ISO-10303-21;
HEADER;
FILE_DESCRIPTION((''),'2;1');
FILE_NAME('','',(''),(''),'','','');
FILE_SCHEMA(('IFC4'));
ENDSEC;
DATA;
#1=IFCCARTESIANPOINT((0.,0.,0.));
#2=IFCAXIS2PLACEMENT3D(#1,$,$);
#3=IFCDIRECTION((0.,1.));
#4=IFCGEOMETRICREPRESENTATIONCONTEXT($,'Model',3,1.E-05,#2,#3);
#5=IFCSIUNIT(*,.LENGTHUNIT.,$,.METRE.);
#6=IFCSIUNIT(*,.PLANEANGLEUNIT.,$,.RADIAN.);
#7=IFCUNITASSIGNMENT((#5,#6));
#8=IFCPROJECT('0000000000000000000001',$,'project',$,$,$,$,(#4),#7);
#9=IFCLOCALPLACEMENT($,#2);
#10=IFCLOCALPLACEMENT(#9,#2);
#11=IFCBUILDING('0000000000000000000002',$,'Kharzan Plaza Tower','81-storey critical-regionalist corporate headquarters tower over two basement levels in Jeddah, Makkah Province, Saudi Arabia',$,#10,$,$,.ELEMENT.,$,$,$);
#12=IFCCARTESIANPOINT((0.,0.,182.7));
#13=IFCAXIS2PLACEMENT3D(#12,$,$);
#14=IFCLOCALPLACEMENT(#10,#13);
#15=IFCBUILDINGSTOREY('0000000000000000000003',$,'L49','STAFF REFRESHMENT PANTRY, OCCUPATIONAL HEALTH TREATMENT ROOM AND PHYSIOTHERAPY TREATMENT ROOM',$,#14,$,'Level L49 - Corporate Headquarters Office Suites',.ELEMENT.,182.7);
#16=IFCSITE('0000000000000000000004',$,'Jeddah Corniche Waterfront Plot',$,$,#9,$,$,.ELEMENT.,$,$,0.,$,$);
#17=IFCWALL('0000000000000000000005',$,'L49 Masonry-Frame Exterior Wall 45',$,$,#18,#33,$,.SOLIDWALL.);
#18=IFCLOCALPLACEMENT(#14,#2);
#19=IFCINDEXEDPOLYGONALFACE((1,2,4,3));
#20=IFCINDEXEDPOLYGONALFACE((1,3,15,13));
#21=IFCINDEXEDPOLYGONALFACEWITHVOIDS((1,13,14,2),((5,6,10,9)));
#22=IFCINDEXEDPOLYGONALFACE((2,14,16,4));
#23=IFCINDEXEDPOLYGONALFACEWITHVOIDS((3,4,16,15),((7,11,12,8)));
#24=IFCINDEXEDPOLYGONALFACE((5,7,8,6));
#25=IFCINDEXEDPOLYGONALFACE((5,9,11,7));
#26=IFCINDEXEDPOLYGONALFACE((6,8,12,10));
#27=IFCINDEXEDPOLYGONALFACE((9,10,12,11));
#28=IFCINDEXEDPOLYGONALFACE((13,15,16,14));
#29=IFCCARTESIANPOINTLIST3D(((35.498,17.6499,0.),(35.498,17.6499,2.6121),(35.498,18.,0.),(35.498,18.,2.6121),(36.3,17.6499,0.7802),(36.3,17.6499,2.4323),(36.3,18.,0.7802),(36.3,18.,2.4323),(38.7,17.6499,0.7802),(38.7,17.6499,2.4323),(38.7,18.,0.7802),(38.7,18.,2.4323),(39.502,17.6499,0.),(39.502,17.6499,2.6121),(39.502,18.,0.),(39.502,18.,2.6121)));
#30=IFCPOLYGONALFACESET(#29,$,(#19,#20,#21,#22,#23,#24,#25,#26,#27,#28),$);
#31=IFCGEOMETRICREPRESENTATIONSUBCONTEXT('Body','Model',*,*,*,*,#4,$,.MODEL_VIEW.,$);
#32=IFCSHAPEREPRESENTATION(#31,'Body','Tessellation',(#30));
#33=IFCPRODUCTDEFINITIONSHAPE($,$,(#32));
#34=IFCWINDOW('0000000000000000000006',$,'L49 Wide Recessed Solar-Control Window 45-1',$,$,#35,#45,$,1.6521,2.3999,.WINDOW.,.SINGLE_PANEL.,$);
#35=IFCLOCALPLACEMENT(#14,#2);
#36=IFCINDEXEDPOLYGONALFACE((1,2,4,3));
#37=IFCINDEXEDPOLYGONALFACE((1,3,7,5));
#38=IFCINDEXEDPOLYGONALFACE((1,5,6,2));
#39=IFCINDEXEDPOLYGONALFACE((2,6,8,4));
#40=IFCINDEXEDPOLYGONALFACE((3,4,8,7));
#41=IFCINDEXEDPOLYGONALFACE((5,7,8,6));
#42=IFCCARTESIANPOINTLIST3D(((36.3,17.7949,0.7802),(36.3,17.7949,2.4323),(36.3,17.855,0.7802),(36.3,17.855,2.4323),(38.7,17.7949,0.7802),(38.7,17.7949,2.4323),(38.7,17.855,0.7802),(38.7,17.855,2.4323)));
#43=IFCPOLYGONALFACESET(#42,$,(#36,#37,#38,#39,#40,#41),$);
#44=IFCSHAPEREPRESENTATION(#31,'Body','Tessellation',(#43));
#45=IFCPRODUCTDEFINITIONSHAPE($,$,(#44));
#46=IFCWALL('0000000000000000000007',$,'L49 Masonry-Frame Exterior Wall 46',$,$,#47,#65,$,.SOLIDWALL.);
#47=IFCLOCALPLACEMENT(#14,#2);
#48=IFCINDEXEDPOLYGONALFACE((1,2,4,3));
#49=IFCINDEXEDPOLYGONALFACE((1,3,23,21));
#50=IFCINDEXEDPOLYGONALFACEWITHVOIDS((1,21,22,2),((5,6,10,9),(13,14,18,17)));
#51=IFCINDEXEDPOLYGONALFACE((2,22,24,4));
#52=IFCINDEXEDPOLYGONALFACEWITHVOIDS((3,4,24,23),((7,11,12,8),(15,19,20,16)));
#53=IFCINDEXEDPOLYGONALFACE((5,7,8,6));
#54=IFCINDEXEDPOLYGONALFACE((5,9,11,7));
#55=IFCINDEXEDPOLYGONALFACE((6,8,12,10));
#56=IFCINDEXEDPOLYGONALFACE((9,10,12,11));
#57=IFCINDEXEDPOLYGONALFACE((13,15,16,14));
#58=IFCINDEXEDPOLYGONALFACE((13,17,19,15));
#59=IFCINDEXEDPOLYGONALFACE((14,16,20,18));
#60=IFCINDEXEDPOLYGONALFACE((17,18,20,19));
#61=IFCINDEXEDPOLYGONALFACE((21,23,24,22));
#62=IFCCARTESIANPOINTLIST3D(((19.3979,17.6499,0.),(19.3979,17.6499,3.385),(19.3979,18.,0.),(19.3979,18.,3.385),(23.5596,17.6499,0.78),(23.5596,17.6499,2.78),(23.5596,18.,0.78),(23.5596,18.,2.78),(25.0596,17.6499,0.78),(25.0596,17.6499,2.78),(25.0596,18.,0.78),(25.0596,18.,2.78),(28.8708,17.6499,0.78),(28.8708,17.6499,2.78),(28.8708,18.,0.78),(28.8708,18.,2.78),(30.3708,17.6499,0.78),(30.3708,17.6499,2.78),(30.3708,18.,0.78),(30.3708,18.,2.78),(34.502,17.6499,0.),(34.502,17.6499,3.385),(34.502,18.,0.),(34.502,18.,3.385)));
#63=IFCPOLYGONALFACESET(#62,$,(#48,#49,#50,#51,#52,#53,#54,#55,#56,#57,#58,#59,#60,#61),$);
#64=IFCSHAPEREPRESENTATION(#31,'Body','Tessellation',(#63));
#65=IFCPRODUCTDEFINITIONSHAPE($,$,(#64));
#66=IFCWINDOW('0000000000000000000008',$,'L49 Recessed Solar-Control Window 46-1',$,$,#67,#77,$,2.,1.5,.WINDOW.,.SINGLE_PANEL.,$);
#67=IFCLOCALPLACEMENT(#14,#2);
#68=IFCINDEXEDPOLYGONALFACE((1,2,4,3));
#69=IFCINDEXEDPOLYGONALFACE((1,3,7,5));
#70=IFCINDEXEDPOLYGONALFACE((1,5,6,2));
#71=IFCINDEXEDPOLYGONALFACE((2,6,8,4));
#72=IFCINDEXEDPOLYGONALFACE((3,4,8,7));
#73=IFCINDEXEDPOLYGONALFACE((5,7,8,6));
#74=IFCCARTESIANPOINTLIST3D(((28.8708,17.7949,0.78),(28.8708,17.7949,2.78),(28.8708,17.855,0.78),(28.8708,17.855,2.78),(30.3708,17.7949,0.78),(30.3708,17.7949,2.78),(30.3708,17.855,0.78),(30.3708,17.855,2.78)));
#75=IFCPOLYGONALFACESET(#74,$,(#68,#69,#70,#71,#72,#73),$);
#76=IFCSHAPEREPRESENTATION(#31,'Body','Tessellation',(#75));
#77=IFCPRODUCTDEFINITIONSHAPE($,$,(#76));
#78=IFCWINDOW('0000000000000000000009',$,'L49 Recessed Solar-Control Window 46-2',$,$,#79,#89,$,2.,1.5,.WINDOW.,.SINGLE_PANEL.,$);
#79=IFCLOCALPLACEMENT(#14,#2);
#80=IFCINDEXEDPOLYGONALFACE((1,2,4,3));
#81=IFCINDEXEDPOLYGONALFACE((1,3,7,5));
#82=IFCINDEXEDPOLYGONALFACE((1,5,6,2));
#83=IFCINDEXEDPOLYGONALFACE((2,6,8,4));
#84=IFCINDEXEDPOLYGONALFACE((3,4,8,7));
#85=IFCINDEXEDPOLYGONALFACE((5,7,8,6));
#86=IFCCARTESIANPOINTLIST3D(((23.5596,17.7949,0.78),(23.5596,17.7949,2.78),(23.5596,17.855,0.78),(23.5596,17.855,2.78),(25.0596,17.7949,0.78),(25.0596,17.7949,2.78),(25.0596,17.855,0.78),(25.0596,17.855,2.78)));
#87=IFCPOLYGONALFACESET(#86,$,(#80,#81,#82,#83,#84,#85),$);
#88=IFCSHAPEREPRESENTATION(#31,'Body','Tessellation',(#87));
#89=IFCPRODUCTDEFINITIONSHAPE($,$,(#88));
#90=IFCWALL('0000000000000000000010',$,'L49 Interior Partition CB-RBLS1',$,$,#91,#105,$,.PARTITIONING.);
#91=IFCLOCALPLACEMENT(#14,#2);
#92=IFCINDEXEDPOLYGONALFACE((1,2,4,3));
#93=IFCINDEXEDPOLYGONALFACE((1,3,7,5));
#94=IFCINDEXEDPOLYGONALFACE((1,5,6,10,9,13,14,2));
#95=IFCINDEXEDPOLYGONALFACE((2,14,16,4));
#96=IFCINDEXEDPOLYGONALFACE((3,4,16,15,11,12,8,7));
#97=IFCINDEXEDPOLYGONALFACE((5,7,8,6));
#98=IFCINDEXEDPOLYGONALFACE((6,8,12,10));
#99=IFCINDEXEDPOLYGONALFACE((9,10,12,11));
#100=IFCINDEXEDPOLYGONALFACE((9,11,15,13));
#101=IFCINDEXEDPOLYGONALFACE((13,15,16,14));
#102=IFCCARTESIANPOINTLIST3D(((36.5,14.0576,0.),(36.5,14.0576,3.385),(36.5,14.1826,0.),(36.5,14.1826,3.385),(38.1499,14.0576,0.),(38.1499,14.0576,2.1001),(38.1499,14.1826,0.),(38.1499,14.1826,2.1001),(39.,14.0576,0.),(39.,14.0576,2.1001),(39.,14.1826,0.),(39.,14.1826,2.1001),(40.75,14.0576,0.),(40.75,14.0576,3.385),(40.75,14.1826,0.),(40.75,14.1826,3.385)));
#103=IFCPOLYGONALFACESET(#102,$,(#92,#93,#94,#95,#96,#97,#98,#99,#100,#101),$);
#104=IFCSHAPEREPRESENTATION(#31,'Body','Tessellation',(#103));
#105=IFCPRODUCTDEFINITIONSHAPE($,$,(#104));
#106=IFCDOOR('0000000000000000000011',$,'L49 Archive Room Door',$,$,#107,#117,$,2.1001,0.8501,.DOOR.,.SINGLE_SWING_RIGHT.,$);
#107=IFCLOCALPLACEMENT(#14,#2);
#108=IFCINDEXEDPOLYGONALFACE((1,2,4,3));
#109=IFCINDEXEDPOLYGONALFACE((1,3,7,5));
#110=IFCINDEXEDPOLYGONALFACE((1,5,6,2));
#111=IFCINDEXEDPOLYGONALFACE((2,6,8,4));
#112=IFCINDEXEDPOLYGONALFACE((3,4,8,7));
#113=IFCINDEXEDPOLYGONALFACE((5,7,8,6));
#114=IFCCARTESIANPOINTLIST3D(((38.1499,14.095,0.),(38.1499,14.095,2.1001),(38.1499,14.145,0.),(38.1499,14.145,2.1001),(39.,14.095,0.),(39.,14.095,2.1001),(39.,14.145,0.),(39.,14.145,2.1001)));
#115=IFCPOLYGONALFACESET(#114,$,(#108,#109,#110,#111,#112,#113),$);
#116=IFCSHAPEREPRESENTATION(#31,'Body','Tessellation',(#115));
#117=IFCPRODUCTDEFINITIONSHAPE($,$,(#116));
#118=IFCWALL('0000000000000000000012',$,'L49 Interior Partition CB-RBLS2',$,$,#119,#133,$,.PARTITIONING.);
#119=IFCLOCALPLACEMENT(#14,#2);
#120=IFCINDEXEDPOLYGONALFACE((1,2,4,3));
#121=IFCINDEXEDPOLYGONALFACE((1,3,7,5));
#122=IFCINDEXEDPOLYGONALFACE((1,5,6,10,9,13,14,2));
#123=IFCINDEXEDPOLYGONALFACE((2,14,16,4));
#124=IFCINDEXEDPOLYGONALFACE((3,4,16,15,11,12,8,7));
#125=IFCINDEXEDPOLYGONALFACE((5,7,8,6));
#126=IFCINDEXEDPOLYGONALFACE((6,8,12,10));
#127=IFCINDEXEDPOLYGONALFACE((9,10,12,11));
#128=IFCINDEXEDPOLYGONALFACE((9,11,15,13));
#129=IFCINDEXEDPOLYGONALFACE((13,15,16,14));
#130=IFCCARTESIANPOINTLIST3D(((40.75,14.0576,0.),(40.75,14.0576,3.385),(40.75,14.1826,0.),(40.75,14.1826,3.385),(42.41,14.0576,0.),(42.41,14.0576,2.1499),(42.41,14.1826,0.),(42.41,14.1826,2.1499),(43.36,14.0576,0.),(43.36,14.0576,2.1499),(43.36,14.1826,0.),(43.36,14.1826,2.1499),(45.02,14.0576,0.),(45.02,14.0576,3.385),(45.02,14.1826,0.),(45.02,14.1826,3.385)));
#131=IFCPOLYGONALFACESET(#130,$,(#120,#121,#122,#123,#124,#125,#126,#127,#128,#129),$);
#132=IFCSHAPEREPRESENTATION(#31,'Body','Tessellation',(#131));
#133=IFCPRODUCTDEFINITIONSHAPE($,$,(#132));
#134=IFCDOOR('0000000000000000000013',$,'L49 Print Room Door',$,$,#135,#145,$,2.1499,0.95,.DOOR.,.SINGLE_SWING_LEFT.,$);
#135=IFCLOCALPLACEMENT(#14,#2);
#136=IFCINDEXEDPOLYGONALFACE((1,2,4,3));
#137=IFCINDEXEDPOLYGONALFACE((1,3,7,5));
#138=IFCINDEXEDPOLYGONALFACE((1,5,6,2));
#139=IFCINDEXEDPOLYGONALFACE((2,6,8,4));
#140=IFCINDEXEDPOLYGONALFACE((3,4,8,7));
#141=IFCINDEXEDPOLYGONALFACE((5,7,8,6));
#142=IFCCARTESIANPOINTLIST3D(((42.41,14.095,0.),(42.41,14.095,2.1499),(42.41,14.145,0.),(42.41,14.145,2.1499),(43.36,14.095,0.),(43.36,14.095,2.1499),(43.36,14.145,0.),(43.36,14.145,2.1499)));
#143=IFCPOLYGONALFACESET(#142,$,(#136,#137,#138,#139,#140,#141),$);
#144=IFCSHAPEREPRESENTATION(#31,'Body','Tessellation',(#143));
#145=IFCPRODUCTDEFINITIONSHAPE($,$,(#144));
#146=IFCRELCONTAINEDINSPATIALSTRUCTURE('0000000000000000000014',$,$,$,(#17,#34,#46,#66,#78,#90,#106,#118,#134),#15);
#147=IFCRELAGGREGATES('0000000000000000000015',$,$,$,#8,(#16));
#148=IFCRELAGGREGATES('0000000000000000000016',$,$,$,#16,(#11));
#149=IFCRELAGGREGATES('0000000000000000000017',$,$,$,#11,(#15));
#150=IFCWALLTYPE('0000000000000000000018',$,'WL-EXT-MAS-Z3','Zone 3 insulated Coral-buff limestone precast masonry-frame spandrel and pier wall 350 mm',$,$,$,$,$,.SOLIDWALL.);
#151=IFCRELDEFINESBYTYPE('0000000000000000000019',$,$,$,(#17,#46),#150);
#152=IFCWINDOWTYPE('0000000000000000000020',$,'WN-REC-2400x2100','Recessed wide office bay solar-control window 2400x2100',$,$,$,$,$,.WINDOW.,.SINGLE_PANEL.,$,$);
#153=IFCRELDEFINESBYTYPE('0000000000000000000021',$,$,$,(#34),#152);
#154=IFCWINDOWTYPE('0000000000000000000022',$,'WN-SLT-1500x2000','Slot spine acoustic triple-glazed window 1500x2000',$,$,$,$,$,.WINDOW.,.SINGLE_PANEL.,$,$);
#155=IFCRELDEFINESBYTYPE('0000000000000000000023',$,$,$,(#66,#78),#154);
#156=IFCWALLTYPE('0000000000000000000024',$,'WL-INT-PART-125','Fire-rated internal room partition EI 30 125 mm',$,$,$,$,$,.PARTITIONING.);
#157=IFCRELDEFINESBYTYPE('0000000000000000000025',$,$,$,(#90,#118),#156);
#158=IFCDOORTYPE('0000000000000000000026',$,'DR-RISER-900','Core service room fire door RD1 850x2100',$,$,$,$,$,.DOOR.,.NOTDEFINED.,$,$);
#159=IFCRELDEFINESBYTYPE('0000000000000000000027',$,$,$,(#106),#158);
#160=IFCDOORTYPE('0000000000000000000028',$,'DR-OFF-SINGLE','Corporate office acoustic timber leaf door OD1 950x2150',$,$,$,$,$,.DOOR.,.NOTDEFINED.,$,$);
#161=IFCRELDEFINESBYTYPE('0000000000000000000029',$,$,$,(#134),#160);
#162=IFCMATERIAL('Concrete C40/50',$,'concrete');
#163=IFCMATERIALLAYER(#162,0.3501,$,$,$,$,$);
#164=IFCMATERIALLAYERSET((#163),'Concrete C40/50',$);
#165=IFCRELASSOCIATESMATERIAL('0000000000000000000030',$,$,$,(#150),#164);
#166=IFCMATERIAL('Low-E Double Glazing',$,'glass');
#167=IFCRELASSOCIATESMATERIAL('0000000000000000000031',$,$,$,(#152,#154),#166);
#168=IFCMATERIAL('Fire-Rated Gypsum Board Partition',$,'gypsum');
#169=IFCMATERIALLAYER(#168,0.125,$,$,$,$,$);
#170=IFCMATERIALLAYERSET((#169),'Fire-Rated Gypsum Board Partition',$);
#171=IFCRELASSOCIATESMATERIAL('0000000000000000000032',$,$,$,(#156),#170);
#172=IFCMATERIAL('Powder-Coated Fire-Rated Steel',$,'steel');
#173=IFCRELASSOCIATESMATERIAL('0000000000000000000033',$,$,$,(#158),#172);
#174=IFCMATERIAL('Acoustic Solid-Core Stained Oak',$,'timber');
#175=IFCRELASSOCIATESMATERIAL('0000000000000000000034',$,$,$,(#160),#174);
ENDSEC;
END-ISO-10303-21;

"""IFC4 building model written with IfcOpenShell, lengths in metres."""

from ifc_helpers import new_model, si_unit, direction, frame, frame_2d, origin, place, context, subcontext, project, spatial, rectangle, extrude, source, transform, mapped, material, layer, layer_set, type_object, element, fill, save


model = new_model("IFC4")

# Units and contexts
model_context = context("Model", 3, precision=1e-05, world=origin(), true_north=direction((0.0, 1.0)))
body_context = subcontext(model_context, "Body", "Model", "MODEL_VIEW")
ifc_project = project(units=[si_unit("LENGTHUNIT", "METRE"), si_unit("PLANEANGLEUNIT", "RADIAN")], contexts=[model_context])

# Site, building, storey
site_placement = place(None, origin())
site = spatial("IfcSite", under=ifc_project, at=site_placement, Name="Jeddah Corniche Waterfront Plot", CompositionType="ELEMENT", RefElevation=0.0)
building_placement = place(site_placement, origin())
building = spatial("IfcBuilding", under=site, at=building_placement, Name="Kharzan Plaza Tower", Description="81-storey critical-regionalist corporate headquarters tower over two basement levels in Jeddah, Makkah Province, Saudi Arabia", CompositionType="ELEMENT")
storey_placement = place(building_placement, frame((0.0, 0.0, 182.7)))
storey = spatial("IfcBuildingStorey", under=building, at=storey_placement, Name="L49", Description="STAFF REFRESHMENT PANTRY, OCCUPATIONAL HEALTH TREATMENT ROOM AND PHYSIOTHERAPY TREATMENT ROOM", LongName="Level L49 - Corporate Headquarters Office Suites", CompositionType="ELEMENT", Elevation=182.7)

# Wall, opening, window
ifc_material_1 = material(Name="Concrete C40/50", Category="concrete")
ifc_layer_1 = layer(ifc_material_1, 0.3501)
ifc_layer_set_1 = layer_set([ifc_layer_1], Name="Concrete C40/50")
wall_type_1 = type_object("IfcWallType", Name="WL-EXT-MAS-Z3", Description="Zone 3 insulated Coral-buff limestone precast masonry-frame spandrel and pier wall 350 mm", PredefinedType="SOLIDWALL", material=ifc_layer_set_1)
wall_1_placement = place(storey_placement, frame((39.502, 17.825, 0.0), z_axis=(0.0, 0.0, 1.0), x_axis=(-1.0, 0.0, 0.0)))
wall_1 = element("IfcWall", 1, at=wall_1_placement, inside=storey, type_object=wall_type_1, Name="L49 Masonry-Frame Exterior Wall 45", PredefinedType="SOLIDWALL", context=body_context, shape_type="SweptSolid", body=[
    extrude(rectangle(XDim=4.0039, YDim=0.3501, at=frame_2d((2.002, 0.0))), origin(), (0.0, 0.0, 1.0), 2.6121),
])
opening_1_placement = place(wall_1_placement, frame((0.802, 0.0, 0.78)))
opening_1 = element("IfcOpeningElement", 2, at=opening_1_placement, cuts=wall_1, PredefinedType="OPENING", context=body_context, shape_type="SweptSolid", body=[
    extrude(rectangle(XDim=2.3999, YDim=1.6521, at=frame_2d((1.2, 0.8262))), frame((0.0, 0.1851, 0.0), z_axis=(0.0, -1.0, 0.0), x_axis=(1.0, 0.0, 0.0)), (0.0, 0.0, 1.0), 0.3701),
])
ifc_material_2 = material(Name="Low-E Double Glazing", Category="glass")
window_type_1 = type_object("IfcWindowType", Name="WN-REC-2400x2100", Description="Recessed wide office bay solar-control window 2400x2100", PartitioningType="SINGLE_PANEL", PredefinedType="WINDOW", material=ifc_material_2)
shared_shape_1 = source(origin(), body_context, "Body", "SweptSolid", [
    extrude(rectangle(XDim=2.3999, YDim=1.6521, at=frame_2d((1.2, 0.8262))), frame((0.0, 0.03, 0.0), z_axis=(0.0, -1.0, 0.0), x_axis=(1.0, 0.0, 0.0)), (0.0, 0.0, 1.0), 0.0601),
])
window_1_placement = place(opening_1_placement, origin())
window_1 = element("IfcWindow", 3, at=window_1_placement, inside=storey, type_object=window_type_1, Name="L49 Wide Recessed Solar-Control Window 45-1", OverallHeight=1.6521, OverallWidth=2.3999, PartitioningType="SINGLE_PANEL", PredefinedType="WINDOW", context=body_context, shape_type="MappedRepresentation", body=[
    mapped(shared_shape_1, transform((0.0, 0.0, 0.0), x_axis=(1.0, 0.0, 0.0), y_axis=(0.0, 1.0, 0.0), z_axis=(0.0, 0.0, 1.0))),
])
fill(opening_1, window_1)

# Wall, openings, windows
wall_2_placement = place(storey_placement, frame((34.502, 17.825, 0.0), z_axis=(0.0, 0.0, 1.0), x_axis=(-1.0, 0.0, 0.0)))
wall_2 = element("IfcWall", 4, at=wall_2_placement, inside=storey, type_object=wall_type_1, Name="L49 Masonry-Frame Exterior Wall 46", PredefinedType="SOLIDWALL", context=body_context, shape_type="SweptSolid", body=[
    extrude(rectangle(XDim=15.104, YDim=0.3501, at=frame_2d((7.552, 0.0))), origin(), (0.0, 0.0, 1.0), 3.385),
])
opening_2_placement = place(wall_2_placement, frame((4.1311, 0.0, 0.78)))
opening_2 = element("IfcOpeningElement", 5, at=opening_2_placement, cuts=wall_2, PredefinedType="OPENING", context=body_context, shape_type="SweptSolid", body=[
    extrude(rectangle(XDim=1.5, YDim=2.0, at=frame_2d((0.75, 1.0))), frame((0.0, 0.1851, 0.0), z_axis=(0.0, -1.0, 0.0), x_axis=(1.0, 0.0, 0.0)), (0.0, 0.0, 1.0), 0.3701),
])
opening_3_placement = place(wall_2_placement, frame((9.4424, 0.0, 0.78)))
opening_3 = element("IfcOpeningElement", 6, at=opening_3_placement, cuts=wall_2, PredefinedType="OPENING", context=body_context, shape_type="SweptSolid", body=[
    extrude(rectangle(XDim=1.5, YDim=2.0, at=frame_2d((0.75, 1.0))), frame((0.0, 0.1851, 0.0), z_axis=(0.0, -1.0, 0.0), x_axis=(1.0, 0.0, 0.0)), (0.0, 0.0, 1.0), 0.3701),
])
window_type_2 = type_object("IfcWindowType", Name="WN-SLT-1500x2000", Description="Slot spine acoustic triple-glazed window 1500x2000", PartitioningType="SINGLE_PANEL", PredefinedType="WINDOW", material=ifc_material_2)
shared_shape_2 = source(origin(), body_context, "Body", "SweptSolid", [
    extrude(rectangle(XDim=1.5, YDim=2.0, at=frame_2d((0.75, 1.0))), frame((0.0, 0.03, 0.0), z_axis=(0.0, -1.0, 0.0), x_axis=(1.0, 0.0, 0.0)), (0.0, 0.0, 1.0), 0.0601),
])
window_2_placement = place(opening_2_placement, origin())
window_2 = element("IfcWindow", 7, at=window_2_placement, inside=storey, type_object=window_type_2, Name="L49 Recessed Solar-Control Window 46-1", OverallHeight=2.0, OverallWidth=1.5, PartitioningType="SINGLE_PANEL", PredefinedType="WINDOW", context=body_context, shape_type="MappedRepresentation", body=[
    mapped(shared_shape_2, transform((0.0, 0.0, 0.0), x_axis=(1.0, 0.0, 0.0), y_axis=(0.0, 1.0, 0.0), z_axis=(0.0, 0.0, 1.0))),
])
fill(opening_2, window_2)
window_3_placement = place(opening_3_placement, origin())
window_3 = element("IfcWindow", 8, at=window_3_placement, inside=storey, type_object=window_type_2, Name="L49 Recessed Solar-Control Window 46-2", OverallHeight=2.0, OverallWidth=1.5, PartitioningType="SINGLE_PANEL", PredefinedType="WINDOW", context=body_context, shape_type="MappedRepresentation", body=[
    mapped(shared_shape_2, transform((0.0, 0.0, 0.0), x_axis=(1.0, 0.0, 0.0), y_axis=(0.0, 1.0, 0.0), z_axis=(0.0, 0.0, 1.0))),
])
fill(opening_3, window_3)

# Walls, openings, doors
ifc_material_3 = material(Name="Fire-Rated Gypsum Board Partition", Category="gypsum")
ifc_layer_2 = layer(ifc_material_3, 0.125)
ifc_layer_set_2 = layer_set([ifc_layer_2], Name="Fire-Rated Gypsum Board Partition")
wall_type_2 = type_object("IfcWallType", Name="WL-INT-PART-125", Description="Fire-rated internal room partition EI 30 125 mm", PredefinedType="PARTITIONING", material=ifc_layer_set_2)
wall_3_placement = place(storey_placement, frame((36.5, 14.1201, 0.0), z_axis=(0.0, 0.0, 1.0), x_axis=(1.0, 0.0, 0.0)))
wall_3 = element("IfcWall", 9, at=wall_3_placement, inside=storey, type_object=wall_type_2, Name="L49 Interior Partition CB-RBLS1", PredefinedType="PARTITIONING", context=body_context, shape_type="SweptSolid", body=[
    extrude(rectangle(XDim=4.25, YDim=0.125, at=frame_2d((2.125, 0.0))), origin(), (0.0, 0.0, 1.0), 3.385),
])
opening_4_placement = place(wall_3_placement, frame((1.6499, 0.0, 0.0)))
opening_4 = element("IfcOpeningElement", 10, at=opening_4_placement, cuts=wall_3, PredefinedType="OPENING", context=body_context, shape_type="SweptSolid", body=[
    extrude(rectangle(XDim=0.8501, YDim=2.1001, at=frame_2d((0.425, 1.05))), frame((0.0, 0.0725, 0.0), z_axis=(0.0, -1.0, 0.0), x_axis=(1.0, 0.0, 0.0)), (0.0, 0.0, 1.0), 0.145),
])
ifc_material_4 = material(Name="Powder-Coated Fire-Rated Steel", Category="steel")
door_type_1 = type_object("IfcDoorType", Name="DR-RISER-900", Description="Core service room fire door RD1 850x2100", OperationType="NOTDEFINED", PredefinedType="DOOR", material=ifc_material_4)
shared_shape_3 = source(origin(), body_context, "Body", "SweptSolid", [
    extrude(rectangle(XDim=0.8501, YDim=2.1001, at=frame_2d((0.425, 1.05))), frame((0.0, 0.0249, 0.0), z_axis=(0.0, -1.0, 0.0), x_axis=(1.0, 0.0, 0.0)), (0.0, 0.0, 1.0), 0.05),
])
door_1_placement = place(opening_4_placement, origin())
door_1 = element("IfcDoor", 11, at=door_1_placement, inside=storey, type_object=door_type_1, Name="L49 Archive Room Door", OperationType="SINGLE_SWING_RIGHT", OverallHeight=2.1001, OverallWidth=0.8501, PredefinedType="DOOR", context=body_context, shape_type="MappedRepresentation", body=[
    mapped(shared_shape_3, transform((0.0, 0.0, 0.0), x_axis=(1.0, 0.0, 0.0), y_axis=(0.0, 1.0, 0.0), z_axis=(0.0, 0.0, 1.0))),
])
fill(opening_4, door_1)
wall_4_placement = place(storey_placement, frame((40.75, 14.1201, 0.0), z_axis=(0.0, 0.0, 1.0), x_axis=(1.0, 0.0, 0.0)))
wall_4 = element("IfcWall", 12, at=wall_4_placement, inside=storey, type_object=wall_type_2, Name="L49 Interior Partition CB-RBLS2", PredefinedType="PARTITIONING", context=body_context, shape_type="SweptSolid", body=[
    extrude(rectangle(XDim=4.27, YDim=0.125, at=frame_2d((2.135, 0.0))), origin(), (0.0, 0.0, 1.0), 3.385),
])
opening_5_placement = place(wall_4_placement, frame((1.6599, 0.0, 0.0)))
opening_5 = element("IfcOpeningElement", 13, at=opening_5_placement, cuts=wall_4, PredefinedType="OPENING", context=body_context, shape_type="SweptSolid", body=[
    extrude(rectangle(XDim=0.95, YDim=2.1499, at=frame_2d((0.4751, 1.075))), frame((0.0, 0.0725, 0.0), z_axis=(0.0, -1.0, 0.0), x_axis=(1.0, 0.0, 0.0)), (0.0, 0.0, 1.0), 0.145),
])
ifc_material_5 = material(Name="Acoustic Solid-Core Stained Oak", Category="timber")
door_type_2 = type_object("IfcDoorType", Name="DR-OFF-SINGLE", Description="Corporate office acoustic timber leaf door OD1 950x2150", OperationType="NOTDEFINED", PredefinedType="DOOR", material=ifc_material_5)
shared_shape_4 = source(origin(), body_context, "Body", "SweptSolid", [
    extrude(rectangle(XDim=0.95, YDim=2.1499, at=frame_2d((0.4751, 1.075))), frame((0.0, 0.0249, 0.0), z_axis=(0.0, -1.0, 0.0), x_axis=(1.0, 0.0, 0.0)), (0.0, 0.0, 1.0), 0.05),
])
door_2_placement = place(opening_5_placement, origin())
door_2 = element("IfcDoor", 14, at=door_2_placement, inside=storey, type_object=door_type_2, Name="L49 Print Room Door", OperationType="SINGLE_SWING_LEFT", OverallHeight=2.1499, OverallWidth=0.95, PredefinedType="DOOR", context=body_context, shape_type="MappedRepresentation", body=[
    mapped(shared_shape_4, transform((0.0, 0.0, 0.0), x_axis=(1.0, 0.0, 0.0), y_axis=(0.0, 1.0, 0.0), z_axis=(0.0, 0.0, 1.0))),
])
fill(opening_5, door_2)

save(model, "model.ifc")
